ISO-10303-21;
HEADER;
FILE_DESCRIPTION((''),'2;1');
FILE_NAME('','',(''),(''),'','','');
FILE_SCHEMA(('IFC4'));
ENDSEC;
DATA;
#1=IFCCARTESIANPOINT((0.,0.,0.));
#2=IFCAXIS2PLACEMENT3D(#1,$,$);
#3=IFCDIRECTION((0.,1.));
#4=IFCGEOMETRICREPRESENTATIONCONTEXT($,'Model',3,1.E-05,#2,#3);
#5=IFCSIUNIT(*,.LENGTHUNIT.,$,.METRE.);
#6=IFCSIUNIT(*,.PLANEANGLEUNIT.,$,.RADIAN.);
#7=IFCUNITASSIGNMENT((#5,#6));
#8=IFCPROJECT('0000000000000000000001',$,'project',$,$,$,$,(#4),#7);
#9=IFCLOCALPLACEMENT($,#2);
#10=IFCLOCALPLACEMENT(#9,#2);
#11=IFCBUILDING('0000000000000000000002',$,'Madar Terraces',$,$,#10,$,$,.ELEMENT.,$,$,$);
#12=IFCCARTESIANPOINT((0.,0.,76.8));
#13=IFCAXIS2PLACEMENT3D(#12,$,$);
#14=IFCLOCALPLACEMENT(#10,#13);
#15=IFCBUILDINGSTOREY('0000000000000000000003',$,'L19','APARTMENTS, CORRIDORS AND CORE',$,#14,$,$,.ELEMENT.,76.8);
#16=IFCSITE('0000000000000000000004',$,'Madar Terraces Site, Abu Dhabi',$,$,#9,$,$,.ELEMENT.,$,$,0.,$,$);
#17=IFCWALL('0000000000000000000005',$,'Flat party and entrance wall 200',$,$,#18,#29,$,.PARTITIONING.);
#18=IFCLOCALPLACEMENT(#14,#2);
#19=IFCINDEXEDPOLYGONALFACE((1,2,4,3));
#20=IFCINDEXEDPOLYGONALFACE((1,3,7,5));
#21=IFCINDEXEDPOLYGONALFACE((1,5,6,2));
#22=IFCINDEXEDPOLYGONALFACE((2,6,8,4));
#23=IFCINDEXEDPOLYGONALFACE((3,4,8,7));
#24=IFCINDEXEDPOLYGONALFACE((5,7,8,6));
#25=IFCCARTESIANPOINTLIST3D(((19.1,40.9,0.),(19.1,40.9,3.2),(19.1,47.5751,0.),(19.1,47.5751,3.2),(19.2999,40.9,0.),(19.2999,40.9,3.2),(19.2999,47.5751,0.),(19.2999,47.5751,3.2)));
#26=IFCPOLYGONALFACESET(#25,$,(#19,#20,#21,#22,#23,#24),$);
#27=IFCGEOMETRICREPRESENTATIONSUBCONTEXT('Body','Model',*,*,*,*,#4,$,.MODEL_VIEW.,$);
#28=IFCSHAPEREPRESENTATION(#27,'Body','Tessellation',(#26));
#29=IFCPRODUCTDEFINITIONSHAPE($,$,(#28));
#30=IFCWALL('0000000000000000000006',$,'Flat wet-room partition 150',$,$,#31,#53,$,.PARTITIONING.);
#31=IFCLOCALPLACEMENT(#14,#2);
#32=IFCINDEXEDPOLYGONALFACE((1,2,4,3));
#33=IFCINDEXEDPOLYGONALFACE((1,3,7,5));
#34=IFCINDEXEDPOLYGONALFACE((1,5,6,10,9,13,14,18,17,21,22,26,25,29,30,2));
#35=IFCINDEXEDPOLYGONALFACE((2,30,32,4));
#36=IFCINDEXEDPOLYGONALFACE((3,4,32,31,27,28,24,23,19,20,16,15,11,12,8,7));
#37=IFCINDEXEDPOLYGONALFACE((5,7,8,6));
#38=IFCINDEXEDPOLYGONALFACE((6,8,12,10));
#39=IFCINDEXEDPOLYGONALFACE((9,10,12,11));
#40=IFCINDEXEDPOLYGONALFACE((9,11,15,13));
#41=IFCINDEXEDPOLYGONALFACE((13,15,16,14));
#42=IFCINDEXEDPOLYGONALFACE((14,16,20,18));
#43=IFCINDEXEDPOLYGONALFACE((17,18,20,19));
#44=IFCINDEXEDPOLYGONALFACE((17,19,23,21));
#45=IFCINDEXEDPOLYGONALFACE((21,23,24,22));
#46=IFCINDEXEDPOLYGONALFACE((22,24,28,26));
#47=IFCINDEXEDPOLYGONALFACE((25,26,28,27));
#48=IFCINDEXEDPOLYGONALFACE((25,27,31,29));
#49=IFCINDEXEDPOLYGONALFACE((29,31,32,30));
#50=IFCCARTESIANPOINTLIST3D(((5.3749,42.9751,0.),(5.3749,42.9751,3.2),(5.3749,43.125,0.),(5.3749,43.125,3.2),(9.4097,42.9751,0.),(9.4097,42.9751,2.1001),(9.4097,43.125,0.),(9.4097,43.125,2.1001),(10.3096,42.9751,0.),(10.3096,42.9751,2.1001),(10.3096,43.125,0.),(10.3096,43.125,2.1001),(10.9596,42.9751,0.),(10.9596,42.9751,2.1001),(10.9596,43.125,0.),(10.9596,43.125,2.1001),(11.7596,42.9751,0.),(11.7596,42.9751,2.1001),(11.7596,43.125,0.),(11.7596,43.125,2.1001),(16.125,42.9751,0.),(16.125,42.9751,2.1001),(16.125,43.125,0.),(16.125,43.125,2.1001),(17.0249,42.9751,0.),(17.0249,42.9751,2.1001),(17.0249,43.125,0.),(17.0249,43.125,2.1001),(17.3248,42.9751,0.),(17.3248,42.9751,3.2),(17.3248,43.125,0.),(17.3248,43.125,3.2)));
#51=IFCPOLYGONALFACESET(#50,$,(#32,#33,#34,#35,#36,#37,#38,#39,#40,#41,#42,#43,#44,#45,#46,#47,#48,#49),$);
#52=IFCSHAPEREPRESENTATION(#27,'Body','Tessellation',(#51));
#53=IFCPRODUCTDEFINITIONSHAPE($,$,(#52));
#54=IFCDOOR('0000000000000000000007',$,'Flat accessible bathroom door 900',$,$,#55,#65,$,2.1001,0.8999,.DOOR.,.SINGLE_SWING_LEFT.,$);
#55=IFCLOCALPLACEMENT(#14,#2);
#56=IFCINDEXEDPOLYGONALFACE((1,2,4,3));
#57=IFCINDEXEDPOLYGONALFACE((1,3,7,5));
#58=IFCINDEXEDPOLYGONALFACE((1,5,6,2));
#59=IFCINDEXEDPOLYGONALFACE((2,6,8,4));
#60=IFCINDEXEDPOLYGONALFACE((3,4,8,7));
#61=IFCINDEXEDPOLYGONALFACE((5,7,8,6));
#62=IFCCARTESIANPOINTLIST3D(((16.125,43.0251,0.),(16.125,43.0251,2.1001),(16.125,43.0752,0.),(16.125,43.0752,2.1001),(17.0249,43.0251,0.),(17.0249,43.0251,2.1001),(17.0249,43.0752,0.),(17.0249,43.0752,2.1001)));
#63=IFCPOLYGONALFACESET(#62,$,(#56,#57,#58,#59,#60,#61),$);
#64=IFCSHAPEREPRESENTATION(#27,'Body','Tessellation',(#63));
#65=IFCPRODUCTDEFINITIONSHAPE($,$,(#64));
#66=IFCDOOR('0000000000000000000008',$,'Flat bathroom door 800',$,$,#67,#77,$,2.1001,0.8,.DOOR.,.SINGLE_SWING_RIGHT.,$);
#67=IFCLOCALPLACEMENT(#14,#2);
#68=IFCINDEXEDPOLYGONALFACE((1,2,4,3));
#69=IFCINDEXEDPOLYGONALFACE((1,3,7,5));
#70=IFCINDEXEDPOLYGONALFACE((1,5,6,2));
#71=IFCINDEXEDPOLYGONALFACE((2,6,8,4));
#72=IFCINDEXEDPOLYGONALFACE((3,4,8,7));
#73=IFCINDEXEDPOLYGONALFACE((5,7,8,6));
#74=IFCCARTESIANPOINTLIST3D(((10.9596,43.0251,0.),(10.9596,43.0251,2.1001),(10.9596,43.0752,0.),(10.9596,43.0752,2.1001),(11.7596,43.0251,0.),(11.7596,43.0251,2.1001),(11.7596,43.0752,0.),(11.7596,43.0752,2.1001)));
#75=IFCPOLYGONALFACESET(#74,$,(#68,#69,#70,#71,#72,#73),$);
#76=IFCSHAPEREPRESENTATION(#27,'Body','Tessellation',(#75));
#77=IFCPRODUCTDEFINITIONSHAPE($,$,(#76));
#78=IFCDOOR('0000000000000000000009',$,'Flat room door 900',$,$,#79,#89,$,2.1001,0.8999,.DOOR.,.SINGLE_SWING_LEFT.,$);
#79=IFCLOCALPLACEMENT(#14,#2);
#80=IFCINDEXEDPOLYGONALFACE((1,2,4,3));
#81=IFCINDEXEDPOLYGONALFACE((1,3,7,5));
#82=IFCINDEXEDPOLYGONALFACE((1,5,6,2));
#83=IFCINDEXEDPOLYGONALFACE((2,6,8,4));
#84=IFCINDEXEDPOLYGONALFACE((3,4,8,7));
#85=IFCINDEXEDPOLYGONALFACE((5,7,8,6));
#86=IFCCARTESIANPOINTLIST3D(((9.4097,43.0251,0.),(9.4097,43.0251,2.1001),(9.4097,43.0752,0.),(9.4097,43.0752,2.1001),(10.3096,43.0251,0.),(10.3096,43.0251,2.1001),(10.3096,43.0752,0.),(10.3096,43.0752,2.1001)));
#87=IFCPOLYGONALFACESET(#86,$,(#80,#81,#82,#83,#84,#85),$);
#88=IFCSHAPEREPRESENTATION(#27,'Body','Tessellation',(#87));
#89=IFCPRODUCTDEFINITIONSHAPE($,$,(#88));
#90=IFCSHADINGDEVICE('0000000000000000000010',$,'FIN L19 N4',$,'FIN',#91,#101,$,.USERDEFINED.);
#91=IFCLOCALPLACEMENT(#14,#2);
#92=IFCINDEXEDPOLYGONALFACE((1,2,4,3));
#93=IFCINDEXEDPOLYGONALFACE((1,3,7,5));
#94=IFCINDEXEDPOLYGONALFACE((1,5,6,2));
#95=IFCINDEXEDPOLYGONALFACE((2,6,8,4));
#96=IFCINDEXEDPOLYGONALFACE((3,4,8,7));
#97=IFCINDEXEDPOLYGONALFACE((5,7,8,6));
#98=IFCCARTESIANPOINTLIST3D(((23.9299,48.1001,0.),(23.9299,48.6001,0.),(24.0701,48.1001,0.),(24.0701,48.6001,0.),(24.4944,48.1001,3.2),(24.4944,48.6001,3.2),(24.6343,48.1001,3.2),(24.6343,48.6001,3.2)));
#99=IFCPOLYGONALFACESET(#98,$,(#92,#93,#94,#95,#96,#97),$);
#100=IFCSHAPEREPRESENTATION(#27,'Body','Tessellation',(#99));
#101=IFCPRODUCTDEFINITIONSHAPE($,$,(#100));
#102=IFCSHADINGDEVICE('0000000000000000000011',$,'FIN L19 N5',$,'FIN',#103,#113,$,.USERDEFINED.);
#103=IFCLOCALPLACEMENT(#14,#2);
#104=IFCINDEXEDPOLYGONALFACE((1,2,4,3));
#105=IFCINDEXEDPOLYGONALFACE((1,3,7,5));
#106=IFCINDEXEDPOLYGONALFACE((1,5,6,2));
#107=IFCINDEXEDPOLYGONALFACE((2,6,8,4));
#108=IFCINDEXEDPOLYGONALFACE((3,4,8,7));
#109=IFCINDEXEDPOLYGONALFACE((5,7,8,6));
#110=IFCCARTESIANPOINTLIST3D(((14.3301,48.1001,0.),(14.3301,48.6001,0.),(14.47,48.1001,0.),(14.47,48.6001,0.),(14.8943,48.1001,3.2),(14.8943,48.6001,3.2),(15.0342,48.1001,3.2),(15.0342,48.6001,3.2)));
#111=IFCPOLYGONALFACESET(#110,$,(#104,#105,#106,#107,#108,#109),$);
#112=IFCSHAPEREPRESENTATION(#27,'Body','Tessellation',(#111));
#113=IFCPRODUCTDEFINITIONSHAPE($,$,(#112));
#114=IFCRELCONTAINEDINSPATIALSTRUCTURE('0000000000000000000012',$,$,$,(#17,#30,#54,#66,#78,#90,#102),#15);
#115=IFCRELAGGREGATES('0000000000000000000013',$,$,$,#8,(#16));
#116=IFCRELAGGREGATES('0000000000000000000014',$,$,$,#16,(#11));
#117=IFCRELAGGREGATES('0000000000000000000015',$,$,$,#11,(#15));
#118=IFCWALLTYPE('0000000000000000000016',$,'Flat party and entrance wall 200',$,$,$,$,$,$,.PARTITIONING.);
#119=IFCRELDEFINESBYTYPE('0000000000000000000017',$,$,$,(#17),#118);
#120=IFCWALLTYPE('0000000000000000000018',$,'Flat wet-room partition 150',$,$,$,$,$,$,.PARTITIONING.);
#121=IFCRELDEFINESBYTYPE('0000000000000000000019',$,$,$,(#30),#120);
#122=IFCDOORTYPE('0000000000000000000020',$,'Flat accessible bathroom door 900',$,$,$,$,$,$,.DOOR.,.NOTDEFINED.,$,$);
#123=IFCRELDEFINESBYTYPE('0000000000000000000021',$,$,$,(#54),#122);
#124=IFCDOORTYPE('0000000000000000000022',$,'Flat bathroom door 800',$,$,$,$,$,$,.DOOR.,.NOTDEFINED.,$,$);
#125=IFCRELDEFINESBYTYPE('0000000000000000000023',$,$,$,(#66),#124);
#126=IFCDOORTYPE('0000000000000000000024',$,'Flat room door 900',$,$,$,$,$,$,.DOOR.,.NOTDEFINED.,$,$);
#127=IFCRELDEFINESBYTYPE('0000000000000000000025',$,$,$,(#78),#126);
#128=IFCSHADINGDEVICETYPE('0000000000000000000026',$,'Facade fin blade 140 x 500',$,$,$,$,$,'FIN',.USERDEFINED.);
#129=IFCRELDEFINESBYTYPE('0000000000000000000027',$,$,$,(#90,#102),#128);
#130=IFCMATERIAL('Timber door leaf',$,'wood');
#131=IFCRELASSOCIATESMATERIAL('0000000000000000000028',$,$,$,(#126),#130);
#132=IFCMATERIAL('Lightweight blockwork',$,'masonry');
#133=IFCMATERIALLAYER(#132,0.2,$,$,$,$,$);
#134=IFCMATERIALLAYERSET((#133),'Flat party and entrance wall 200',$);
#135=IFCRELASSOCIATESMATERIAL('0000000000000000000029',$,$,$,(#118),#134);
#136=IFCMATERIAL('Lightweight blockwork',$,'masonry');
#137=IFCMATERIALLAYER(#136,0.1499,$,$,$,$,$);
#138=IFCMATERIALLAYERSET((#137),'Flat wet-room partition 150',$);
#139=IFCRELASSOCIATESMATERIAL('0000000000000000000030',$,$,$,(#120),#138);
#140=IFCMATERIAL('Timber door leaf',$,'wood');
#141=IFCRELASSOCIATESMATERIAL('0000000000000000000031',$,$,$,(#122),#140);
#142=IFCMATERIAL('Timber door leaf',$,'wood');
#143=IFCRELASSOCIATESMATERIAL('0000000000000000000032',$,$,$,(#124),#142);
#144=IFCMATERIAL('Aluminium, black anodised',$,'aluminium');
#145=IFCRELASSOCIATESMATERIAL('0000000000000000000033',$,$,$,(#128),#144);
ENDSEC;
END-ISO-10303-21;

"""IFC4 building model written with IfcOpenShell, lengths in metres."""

from ifc_helpers import new_model, si_unit, direction, frame, frame_2d, origin, place, context, subcontext, project, spatial, polyline, rectangle, outline, extrude, material, layer, layer_set, type_object, element, fill, save


model = new_model("IFC4")

# Units and contexts
model_context = context("Model", 3, precision=1e-05, world=origin(), true_north=direction((0.0, 1.0)))
body_context = subcontext(model_context, "Body", "Model", "MODEL_VIEW")
ifc_project = project(units=[si_unit("LENGTHUNIT", "METRE"), si_unit("PLANEANGLEUNIT", "RADIAN")], contexts=[model_context])

# Site, building, storey
site_placement = place(None, origin())
site = spatial("IfcSite", under=ifc_project, at=site_placement, Name="Madar Terraces Site, Abu Dhabi", CompositionType="ELEMENT", RefElevation=0.0)
building_placement = place(site_placement, origin())
building = spatial("IfcBuilding", under=site, at=building_placement, Name="Madar Terraces", CompositionType="ELEMENT")
storey_placement = place(building_placement, frame((0.0, 0.0, 76.8)))
storey = spatial("IfcBuildingStorey", under=building, at=storey_placement, Name="L19", Description="APARTMENTS, CORRIDORS AND CORE", CompositionType="ELEMENT", Elevation=76.8)

# Shared definitions
ifc_material_1 = material(Name="Timber door leaf", Category="wood")
door_type_1 = type_object("IfcDoorType", Name="Flat room door 900", OperationType="NOTDEFINED", PredefinedType="DOOR", material=ifc_material_1)

# Wall
ifc_material_2 = material(Name="Lightweight blockwork", Category="masonry")
ifc_layer_1 = layer(ifc_material_2, 0.2)
ifc_layer_set_1 = layer_set([ifc_layer_1], Name="Flat party and entrance wall 200")
wall_type_1 = type_object("IfcWallType", Name="Flat party and entrance wall 200", PredefinedType="PARTITIONING", material=ifc_layer_set_1)
wall_1_placement = place(storey_placement, frame((19.2, 47.575, 0.0), z_axis=(0.0, 0.0, 1.0), x_axis=(0.0, -1.0, 0.0)))
element("IfcWall", 1, at=wall_1_placement, inside=storey, type_object=wall_type_1, Name="Flat party and entrance wall 200", PredefinedType="PARTITIONING", context=body_context, shape_type="SweptSolid", body=[
    extrude(rectangle(XDim=6.675, YDim=0.2, at=frame_2d((3.3374, 0.0))), origin(), (0.0, 0.0, 1.0), 3.2),
])

# Wall, openings, doors
ifc_material_3 = material(Name="Lightweight blockwork", Category="masonry")
ifc_layer_2 = layer(ifc_material_3, 0.1499)
ifc_layer_set_2 = layer_set([ifc_layer_2], Name="Flat wet-room partition 150")
wall_type_2 = type_object("IfcWallType", Name="Flat wet-room partition 150", PredefinedType="PARTITIONING", material=ifc_layer_set_2)
wall_2_placement = place(storey_placement, frame((17.325, 43.05, 0.0), z_axis=(0.0, 0.0, 1.0), x_axis=(-1.0, 0.0, 0.0)))
wall_2 = element("IfcWall", 2, at=wall_2_placement, inside=storey, type_object=wall_type_2, Name="Flat wet-room partition 150", PredefinedType="PARTITIONING", context=body_context, shape_type="SweptSolid", body=[
    extrude(rectangle(XDim=11.95, YDim=0.1499, at=frame_2d((5.9751, 0.0))), origin(), (0.0, 0.0, 1.0), 3.2),
])
opening_1_placement = place(wall_2_placement, frame((0.3, 0.0, 0.0)))
opening_1 = element("IfcOpeningElement", 3, at=opening_1_placement, cuts=wall_2, PredefinedType="OPENING", context=body_context, shape_type="SweptSolid", body=[
    extrude(rectangle(XDim=0.8999, YDim=2.1001, at=frame_2d((0.45, 1.05))), frame((0.0, 0.085, 0.0), z_axis=(0.0, -1.0, 0.0), x_axis=(1.0, 0.0, 0.0)), (0.0, 0.0, 1.0), 0.1699),
])
opening_2_placement = place(wall_2_placement, frame((5.5654, 0.0, 0.0)))
opening_2 = element("IfcOpeningElement", 4, at=opening_2_placement, cuts=wall_2, PredefinedType="OPENING", context=body_context, shape_type="SweptSolid", body=[
    extrude(rectangle(XDim=0.8, YDim=2.1001, at=frame_2d((0.3999, 1.05))), frame((0.0, 0.085, 0.0), z_axis=(0.0, -1.0, 0.0), x_axis=(1.0, 0.0, 0.0)), (0.0, 0.0, 1.0), 0.1699),
])
opening_3_placement = place(wall_2_placement, frame((7.0154, 0.0, 0.0)))
opening_3 = element("IfcOpeningElement", 5, at=opening_3_placement, cuts=wall_2, PredefinedType="OPENING", context=body_context, shape_type="SweptSolid", body=[
    extrude(rectangle(XDim=0.8999, YDim=2.1001, at=frame_2d((0.45, 1.05))), frame((0.0, 0.085, 0.0), z_axis=(0.0, -1.0, 0.0), x_axis=(1.0, 0.0, 0.0)), (0.0, 0.0, 1.0), 0.1699),
])
ifc_material_4 = material(Name="Timber door leaf", Category="wood")
door_type_2 = type_object("IfcDoorType", Name="Flat accessible bathroom door 900", OperationType="NOTDEFINED", PredefinedType="DOOR", material=ifc_material_4)
door_1_placement = place(opening_1_placement, origin())
door_1 = element("IfcDoor", 6, at=door_1_placement, inside=storey, type_object=door_type_2, Name="Flat accessible bathroom door 900", OperationType="SINGLE_SWING_LEFT", OverallHeight=2.1001, OverallWidth=0.8999, PredefinedType="DOOR", context=body_context, shape_type="SweptSolid", body=[
    extrude(rectangle(XDim=0.8999, YDim=2.1001, at=frame_2d((0.45, 1.05))), frame((0.0, 0.0249, 0.0), z_axis=(0.0, -1.0, 0.0), x_axis=(1.0, 0.0, 0.0)), (0.0, 0.0, 1.0), 0.05),
])
fill(opening_1, door_1)
ifc_material_5 = material(Name="Timber door leaf", Category="wood")
door_type_3 = type_object("IfcDoorType", Name="Flat bathroom door 800", OperationType="NOTDEFINED", PredefinedType="DOOR", material=ifc_material_5)
door_2_placement = place(opening_2_placement, origin())
door_2 = element("IfcDoor", 7, at=door_2_placement, inside=storey, type_object=door_type_3, Name="Flat bathroom door 800", OperationType="SINGLE_SWING_RIGHT", OverallHeight=2.1001, OverallWidth=0.8, PredefinedType="DOOR", context=body_context, shape_type="SweptSolid", body=[
    extrude(rectangle(XDim=0.8, YDim=2.1001, at=frame_2d((0.3999, 1.05))), frame((0.0, 0.0249, 0.0), z_axis=(0.0, -1.0, 0.0), x_axis=(1.0, 0.0, 0.0)), (0.0, 0.0, 1.0), 0.05),
])
fill(opening_2, door_2)
door_3_placement = place(opening_3_placement, origin())
door_3 = element("IfcDoor", 8, at=door_3_placement, inside=storey, type_object=door_type_1, Name="Flat room door 900", OperationType="SINGLE_SWING_LEFT", OverallHeight=2.1001, OverallWidth=0.8999, PredefinedType="DOOR", context=body_context, shape_type="SweptSolid", body=[
    extrude(rectangle(XDim=0.8999, YDim=2.1001, at=frame_2d((0.45, 1.05))), frame((0.0, 0.0249, 0.0), z_axis=(0.0, -1.0, 0.0), x_axis=(1.0, 0.0, 0.0)), (0.0, 0.0, 1.0), 0.05),
])
fill(opening_3, door_3)

# Shading devices
ifc_material_6 = material(Name="Aluminium, black anodised", Category="aluminium")
shading_device_type = type_object("IfcShadingDeviceType", Name="Facade fin blade 140 x 500", ElementType="FIN", PredefinedType="USERDEFINED", material=ifc_material_6)
shading_device_1_placement = place(storey_placement, frame((24.0701, 48.3501, 0.0), z_axis=(0.0, 0.0, 1.0), x_axis=(-1.0, 0.0, 0.0)))
element("IfcShadingDevice", 9, at=shading_device_1_placement, inside=storey, type_object=shading_device_type, Name="FIN L19 N4", ObjectType="FIN", PredefinedType="USERDEFINED", context=body_context, shape_type="SweptSolid", body=[
    extrude(outline(polyline([(0.0, 0.0), (0.1401, 0.0), (-0.4243, 3.2), (-0.5642, 3.2), (0.0, 0.0)])), frame((0.0, 0.25, 0.0), z_axis=(0.0, -1.0, 0.0), x_axis=(1.0, 0.0, 0.0)), (0.0, 0.0, 1.0), 0.5),
])
shading_device_2_placement = place(storey_placement, frame((14.47, 48.3501, 0.0), z_axis=(0.0, 0.0, 1.0), x_axis=(-1.0, 0.0, 0.0)))
element("IfcShadingDevice", 10, at=shading_device_2_placement, inside=storey, type_object=shading_device_type, Name="FIN L19 N5", ObjectType="FIN", PredefinedType="USERDEFINED", context=body_context, shape_type="SweptSolid", body=[
    extrude(outline(polyline([(0.0, 0.0), (0.1399, 0.0), (-0.4243, 3.2), (-0.5642, 3.2), (0.0, 0.0)])), frame((0.0, 0.25, 0.0), z_axis=(0.0, -1.0, 0.0), x_axis=(1.0, 0.0, 0.0)), (0.0, 0.0, 1.0), 0.5),
])

save(model, "model.ifc")
